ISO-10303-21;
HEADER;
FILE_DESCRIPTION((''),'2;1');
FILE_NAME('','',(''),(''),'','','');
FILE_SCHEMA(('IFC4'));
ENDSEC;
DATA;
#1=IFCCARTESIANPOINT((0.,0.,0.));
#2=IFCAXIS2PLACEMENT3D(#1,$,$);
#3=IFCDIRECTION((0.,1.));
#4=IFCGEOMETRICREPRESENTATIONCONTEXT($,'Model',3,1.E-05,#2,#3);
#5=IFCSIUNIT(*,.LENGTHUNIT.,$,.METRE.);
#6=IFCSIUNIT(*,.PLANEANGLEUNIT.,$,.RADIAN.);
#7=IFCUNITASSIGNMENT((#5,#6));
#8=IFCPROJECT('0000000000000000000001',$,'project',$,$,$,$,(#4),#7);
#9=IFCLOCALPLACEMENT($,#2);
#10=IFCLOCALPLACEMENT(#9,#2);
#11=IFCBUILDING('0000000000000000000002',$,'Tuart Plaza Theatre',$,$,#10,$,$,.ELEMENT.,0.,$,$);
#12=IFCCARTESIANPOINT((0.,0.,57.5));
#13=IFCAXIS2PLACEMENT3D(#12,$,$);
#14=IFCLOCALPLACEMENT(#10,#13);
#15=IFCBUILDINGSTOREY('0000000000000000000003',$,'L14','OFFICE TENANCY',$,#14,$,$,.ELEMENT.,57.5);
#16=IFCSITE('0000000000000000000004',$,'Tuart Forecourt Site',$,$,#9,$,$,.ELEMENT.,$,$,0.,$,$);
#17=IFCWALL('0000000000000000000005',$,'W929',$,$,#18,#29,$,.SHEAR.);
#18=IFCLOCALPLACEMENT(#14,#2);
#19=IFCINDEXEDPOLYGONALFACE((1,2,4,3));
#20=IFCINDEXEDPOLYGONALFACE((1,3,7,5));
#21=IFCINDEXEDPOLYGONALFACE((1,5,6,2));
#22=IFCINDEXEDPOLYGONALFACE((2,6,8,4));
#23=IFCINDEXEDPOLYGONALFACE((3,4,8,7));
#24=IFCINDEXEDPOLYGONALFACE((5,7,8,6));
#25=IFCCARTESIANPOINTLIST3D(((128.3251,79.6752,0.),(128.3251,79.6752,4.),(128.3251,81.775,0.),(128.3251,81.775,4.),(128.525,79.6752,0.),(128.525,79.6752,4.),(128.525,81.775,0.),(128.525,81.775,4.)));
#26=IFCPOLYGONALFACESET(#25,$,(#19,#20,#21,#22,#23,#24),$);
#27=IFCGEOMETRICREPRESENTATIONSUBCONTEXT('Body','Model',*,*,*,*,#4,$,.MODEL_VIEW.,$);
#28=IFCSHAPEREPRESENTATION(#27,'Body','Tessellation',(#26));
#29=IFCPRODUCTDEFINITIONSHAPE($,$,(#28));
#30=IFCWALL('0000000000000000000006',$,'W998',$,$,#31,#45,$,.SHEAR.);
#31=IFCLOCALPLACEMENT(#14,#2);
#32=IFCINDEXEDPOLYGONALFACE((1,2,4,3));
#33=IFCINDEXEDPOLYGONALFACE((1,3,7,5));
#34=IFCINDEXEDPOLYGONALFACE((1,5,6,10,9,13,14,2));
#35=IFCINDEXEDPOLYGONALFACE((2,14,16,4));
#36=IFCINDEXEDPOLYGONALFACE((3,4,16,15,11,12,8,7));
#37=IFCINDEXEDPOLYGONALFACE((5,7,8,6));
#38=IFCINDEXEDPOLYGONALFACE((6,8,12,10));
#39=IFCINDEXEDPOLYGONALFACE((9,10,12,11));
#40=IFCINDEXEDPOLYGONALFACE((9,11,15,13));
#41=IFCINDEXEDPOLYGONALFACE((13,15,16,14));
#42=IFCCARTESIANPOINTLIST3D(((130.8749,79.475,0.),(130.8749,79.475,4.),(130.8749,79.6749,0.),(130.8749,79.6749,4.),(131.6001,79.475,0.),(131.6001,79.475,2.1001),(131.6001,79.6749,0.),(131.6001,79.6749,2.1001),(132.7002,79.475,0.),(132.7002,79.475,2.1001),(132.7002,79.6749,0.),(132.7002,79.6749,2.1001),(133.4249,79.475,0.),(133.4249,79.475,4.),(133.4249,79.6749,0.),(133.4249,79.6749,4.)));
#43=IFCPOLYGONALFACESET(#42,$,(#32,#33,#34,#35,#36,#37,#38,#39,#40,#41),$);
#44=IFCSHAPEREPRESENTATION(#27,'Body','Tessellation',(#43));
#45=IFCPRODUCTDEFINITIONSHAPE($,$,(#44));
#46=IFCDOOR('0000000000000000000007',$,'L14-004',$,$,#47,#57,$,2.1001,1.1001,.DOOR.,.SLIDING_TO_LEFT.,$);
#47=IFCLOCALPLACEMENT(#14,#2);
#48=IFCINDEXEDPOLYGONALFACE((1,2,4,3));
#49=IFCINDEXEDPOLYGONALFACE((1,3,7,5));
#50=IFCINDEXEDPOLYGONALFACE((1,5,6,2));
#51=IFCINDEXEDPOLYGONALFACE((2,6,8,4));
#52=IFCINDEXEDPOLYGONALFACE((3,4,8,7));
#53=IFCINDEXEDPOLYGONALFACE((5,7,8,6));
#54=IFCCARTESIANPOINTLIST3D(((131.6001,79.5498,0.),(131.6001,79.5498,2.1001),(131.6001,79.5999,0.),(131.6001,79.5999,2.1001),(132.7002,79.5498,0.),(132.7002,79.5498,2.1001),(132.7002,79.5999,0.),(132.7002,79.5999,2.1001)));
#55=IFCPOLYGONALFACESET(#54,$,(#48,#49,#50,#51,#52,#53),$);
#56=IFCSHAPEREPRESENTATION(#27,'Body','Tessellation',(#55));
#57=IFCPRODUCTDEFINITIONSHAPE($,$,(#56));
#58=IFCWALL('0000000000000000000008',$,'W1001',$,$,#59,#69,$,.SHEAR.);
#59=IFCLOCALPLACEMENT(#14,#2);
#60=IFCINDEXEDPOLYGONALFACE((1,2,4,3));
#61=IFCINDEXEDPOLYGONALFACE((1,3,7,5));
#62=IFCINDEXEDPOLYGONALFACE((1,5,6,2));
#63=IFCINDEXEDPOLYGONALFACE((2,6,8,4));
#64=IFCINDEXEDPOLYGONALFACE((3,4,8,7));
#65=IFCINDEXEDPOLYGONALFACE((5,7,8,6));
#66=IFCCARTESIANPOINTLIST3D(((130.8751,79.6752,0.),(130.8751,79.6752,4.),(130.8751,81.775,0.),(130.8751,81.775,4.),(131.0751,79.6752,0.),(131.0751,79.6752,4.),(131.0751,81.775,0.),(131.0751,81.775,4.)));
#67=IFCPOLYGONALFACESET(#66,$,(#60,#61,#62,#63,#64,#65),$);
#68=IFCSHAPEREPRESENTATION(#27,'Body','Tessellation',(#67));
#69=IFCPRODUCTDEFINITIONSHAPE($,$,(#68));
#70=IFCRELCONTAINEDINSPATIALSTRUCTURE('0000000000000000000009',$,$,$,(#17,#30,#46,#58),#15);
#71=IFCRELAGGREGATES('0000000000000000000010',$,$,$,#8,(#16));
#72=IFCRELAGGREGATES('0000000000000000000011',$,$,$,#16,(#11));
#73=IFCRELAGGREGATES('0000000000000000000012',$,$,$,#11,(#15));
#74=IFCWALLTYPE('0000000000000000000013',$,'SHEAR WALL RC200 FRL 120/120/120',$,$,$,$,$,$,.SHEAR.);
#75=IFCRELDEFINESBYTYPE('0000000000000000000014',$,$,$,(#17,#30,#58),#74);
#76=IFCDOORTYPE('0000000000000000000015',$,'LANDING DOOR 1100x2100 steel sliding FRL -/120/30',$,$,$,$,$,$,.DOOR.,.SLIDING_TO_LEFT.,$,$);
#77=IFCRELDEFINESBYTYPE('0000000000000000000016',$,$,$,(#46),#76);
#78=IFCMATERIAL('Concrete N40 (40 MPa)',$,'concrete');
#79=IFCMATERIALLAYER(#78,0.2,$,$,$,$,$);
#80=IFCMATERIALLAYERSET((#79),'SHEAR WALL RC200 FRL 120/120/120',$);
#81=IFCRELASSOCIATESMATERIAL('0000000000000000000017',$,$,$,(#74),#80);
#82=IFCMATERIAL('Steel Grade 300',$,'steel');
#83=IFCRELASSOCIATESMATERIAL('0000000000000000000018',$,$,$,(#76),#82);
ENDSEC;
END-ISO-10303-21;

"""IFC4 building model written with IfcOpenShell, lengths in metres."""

from ifc_helpers import new_model, si_unit, direction, frame, frame_2d, origin, place, context, subcontext, project, spatial, rectangle, extrude, material, layer, layer_set, type_object, element, fill, save


model = new_model("IFC4")

# Units and contexts
model_context = context("Model", 3, precision=1e-05, world=origin(), true_north=direction((0.0, 1.0)))
body_context = subcontext(model_context, "Body", "Model", "MODEL_VIEW")
ifc_project = project(units=[si_unit("LENGTHUNIT", "METRE"), si_unit("PLANEANGLEUNIT", "RADIAN")], contexts=[model_context])

# Site, building, storey
site_placement = place(None, origin())
site = spatial("IfcSite", under=ifc_project, at=site_placement, Name="Tuart Forecourt Site", CompositionType="ELEMENT", RefElevation=0.0)
building_placement = place(site_placement, origin())
building = spatial("IfcBuilding", under=site, at=building_placement, Name="Tuart Plaza Theatre", CompositionType="ELEMENT", ElevationOfRefHeight=0.0)
storey_placement = place(building_placement, frame((0.0, 0.0, 57.5)))
storey = spatial("IfcBuildingStorey", under=building, at=storey_placement, Name="L14", Description="OFFICE TENANCY", CompositionType="ELEMENT", Elevation=57.5)

# Shared definitions
ifc_material_1 = material(Name="Concrete N40 (40 MPa)", Category="concrete")
ifc_layer_1 = layer(ifc_material_1, 0.2)
ifc_layer_set_1 = layer_set([ifc_layer_1], Name="SHEAR WALL RC200 FRL 120/120/120")
wall_type_1 = type_object("IfcWallType", Name="SHEAR WALL RC200 FRL 120/120/120", PredefinedType="SHEAR", material=ifc_layer_set_1)
ifc_material_2 = material(Name="Steel Grade 300", Category="steel")
door_type_1 = type_object("IfcDoorType", Name="LANDING DOOR 1100x2100 steel sliding FRL -/120/30", OperationType="SLIDING_TO_LEFT", PredefinedType="DOOR", material=ifc_material_2)

# Wall
for number, where, z_axis, x_axis, name in (
    (1, (128.425, 81.7749, 0.0), (0.0, 0.0, 1.0), (0.0, -1.0, 0.0), "W929"),
):
    element("IfcWall", number, at=place(storey_placement, frame(where, z_axis=z_axis, x_axis=x_axis)), inside=storey, type_object=wall_type_1, Name=name, PredefinedType="SHEAR", context=body_context, shape_type="SweptSolid", body=[
        extrude(rectangle(XDim=2.0999, YDim=0.2, at=frame_2d((1.0498, 0.0))), origin(), (0.0, 0.0, 1.0), 4.0),
    ])

# Wall, opening, door
wall_1_placement = place(storey_placement, frame((130.875, 79.575, 0.0), z_axis=(0.0, 0.0, 1.0), x_axis=(1.0, 0.0, 0.0)))
wall_1 = element("IfcWall", 2, at=wall_1_placement, inside=storey, type_object=wall_type_1, Name="W998", PredefinedType="SHEAR", context=body_context, shape_type="SweptSolid", body=[
    extrude(rectangle(XDim=2.55, YDim=0.2, at=frame_2d((1.2749, 0.0))), origin(), (0.0, 0.0, 1.0), 4.0),
])
opening_1_placement = place(wall_1_placement, frame((0.7251, 0.0, 0.0)))
opening_1 = element("IfcOpeningElement", 3, at=opening_1_placement, cuts=wall_1, PredefinedType="OPENING", context=body_context, shape_type="SweptSolid", body=[
    extrude(rectangle(XDim=1.1001, YDim=2.1001, at=frame_2d((0.55, 1.05))), frame((0.0, 0.1099, 0.0), z_axis=(0.0, -1.0, 0.0), x_axis=(1.0, 0.0, 0.0)), (0.0, 0.0, 1.0), 0.22),
])
door_1_placement = place(opening_1_placement, origin())
door_1 = element("IfcDoor", 4, at=door_1_placement, inside=storey, type_object=door_type_1, Name="L14-004", OperationType="SLIDING_TO_LEFT", OverallHeight=2.1001, OverallWidth=1.1001, PredefinedType="DOOR", context=body_context, shape_type="SweptSolid", body=[
    extrude(rectangle(XDim=1.1001, YDim=2.1001, at=frame_2d((0.55, 1.05))), frame((0.0, 0.0249, 0.0), z_axis=(0.0, -1.0, 0.0), x_axis=(1.0, 0.0, 0.0)), (0.0, 0.0, 1.0), 0.05),
])
fill(opening_1, door_1)

# Wall
wall_2_placement = place(storey_placement, frame((130.9751, 81.7749, 0.0), z_axis=(0.0, 0.0, 1.0), x_axis=(0.0, -1.0, 0.0)))
element("IfcWall", 5, at=wall_2_placement, inside=storey, type_object=wall_type_1, Name="W1001", PredefinedType="SHEAR", context=body_context, shape_type="SweptSolid", body=[
    extrude(rectangle(XDim=2.0999, YDim=0.2, at=frame_2d((1.0498, 0.0))), origin(), (0.0, 0.0, 1.0), 4.0),
])

save(model, "model.ifc")
